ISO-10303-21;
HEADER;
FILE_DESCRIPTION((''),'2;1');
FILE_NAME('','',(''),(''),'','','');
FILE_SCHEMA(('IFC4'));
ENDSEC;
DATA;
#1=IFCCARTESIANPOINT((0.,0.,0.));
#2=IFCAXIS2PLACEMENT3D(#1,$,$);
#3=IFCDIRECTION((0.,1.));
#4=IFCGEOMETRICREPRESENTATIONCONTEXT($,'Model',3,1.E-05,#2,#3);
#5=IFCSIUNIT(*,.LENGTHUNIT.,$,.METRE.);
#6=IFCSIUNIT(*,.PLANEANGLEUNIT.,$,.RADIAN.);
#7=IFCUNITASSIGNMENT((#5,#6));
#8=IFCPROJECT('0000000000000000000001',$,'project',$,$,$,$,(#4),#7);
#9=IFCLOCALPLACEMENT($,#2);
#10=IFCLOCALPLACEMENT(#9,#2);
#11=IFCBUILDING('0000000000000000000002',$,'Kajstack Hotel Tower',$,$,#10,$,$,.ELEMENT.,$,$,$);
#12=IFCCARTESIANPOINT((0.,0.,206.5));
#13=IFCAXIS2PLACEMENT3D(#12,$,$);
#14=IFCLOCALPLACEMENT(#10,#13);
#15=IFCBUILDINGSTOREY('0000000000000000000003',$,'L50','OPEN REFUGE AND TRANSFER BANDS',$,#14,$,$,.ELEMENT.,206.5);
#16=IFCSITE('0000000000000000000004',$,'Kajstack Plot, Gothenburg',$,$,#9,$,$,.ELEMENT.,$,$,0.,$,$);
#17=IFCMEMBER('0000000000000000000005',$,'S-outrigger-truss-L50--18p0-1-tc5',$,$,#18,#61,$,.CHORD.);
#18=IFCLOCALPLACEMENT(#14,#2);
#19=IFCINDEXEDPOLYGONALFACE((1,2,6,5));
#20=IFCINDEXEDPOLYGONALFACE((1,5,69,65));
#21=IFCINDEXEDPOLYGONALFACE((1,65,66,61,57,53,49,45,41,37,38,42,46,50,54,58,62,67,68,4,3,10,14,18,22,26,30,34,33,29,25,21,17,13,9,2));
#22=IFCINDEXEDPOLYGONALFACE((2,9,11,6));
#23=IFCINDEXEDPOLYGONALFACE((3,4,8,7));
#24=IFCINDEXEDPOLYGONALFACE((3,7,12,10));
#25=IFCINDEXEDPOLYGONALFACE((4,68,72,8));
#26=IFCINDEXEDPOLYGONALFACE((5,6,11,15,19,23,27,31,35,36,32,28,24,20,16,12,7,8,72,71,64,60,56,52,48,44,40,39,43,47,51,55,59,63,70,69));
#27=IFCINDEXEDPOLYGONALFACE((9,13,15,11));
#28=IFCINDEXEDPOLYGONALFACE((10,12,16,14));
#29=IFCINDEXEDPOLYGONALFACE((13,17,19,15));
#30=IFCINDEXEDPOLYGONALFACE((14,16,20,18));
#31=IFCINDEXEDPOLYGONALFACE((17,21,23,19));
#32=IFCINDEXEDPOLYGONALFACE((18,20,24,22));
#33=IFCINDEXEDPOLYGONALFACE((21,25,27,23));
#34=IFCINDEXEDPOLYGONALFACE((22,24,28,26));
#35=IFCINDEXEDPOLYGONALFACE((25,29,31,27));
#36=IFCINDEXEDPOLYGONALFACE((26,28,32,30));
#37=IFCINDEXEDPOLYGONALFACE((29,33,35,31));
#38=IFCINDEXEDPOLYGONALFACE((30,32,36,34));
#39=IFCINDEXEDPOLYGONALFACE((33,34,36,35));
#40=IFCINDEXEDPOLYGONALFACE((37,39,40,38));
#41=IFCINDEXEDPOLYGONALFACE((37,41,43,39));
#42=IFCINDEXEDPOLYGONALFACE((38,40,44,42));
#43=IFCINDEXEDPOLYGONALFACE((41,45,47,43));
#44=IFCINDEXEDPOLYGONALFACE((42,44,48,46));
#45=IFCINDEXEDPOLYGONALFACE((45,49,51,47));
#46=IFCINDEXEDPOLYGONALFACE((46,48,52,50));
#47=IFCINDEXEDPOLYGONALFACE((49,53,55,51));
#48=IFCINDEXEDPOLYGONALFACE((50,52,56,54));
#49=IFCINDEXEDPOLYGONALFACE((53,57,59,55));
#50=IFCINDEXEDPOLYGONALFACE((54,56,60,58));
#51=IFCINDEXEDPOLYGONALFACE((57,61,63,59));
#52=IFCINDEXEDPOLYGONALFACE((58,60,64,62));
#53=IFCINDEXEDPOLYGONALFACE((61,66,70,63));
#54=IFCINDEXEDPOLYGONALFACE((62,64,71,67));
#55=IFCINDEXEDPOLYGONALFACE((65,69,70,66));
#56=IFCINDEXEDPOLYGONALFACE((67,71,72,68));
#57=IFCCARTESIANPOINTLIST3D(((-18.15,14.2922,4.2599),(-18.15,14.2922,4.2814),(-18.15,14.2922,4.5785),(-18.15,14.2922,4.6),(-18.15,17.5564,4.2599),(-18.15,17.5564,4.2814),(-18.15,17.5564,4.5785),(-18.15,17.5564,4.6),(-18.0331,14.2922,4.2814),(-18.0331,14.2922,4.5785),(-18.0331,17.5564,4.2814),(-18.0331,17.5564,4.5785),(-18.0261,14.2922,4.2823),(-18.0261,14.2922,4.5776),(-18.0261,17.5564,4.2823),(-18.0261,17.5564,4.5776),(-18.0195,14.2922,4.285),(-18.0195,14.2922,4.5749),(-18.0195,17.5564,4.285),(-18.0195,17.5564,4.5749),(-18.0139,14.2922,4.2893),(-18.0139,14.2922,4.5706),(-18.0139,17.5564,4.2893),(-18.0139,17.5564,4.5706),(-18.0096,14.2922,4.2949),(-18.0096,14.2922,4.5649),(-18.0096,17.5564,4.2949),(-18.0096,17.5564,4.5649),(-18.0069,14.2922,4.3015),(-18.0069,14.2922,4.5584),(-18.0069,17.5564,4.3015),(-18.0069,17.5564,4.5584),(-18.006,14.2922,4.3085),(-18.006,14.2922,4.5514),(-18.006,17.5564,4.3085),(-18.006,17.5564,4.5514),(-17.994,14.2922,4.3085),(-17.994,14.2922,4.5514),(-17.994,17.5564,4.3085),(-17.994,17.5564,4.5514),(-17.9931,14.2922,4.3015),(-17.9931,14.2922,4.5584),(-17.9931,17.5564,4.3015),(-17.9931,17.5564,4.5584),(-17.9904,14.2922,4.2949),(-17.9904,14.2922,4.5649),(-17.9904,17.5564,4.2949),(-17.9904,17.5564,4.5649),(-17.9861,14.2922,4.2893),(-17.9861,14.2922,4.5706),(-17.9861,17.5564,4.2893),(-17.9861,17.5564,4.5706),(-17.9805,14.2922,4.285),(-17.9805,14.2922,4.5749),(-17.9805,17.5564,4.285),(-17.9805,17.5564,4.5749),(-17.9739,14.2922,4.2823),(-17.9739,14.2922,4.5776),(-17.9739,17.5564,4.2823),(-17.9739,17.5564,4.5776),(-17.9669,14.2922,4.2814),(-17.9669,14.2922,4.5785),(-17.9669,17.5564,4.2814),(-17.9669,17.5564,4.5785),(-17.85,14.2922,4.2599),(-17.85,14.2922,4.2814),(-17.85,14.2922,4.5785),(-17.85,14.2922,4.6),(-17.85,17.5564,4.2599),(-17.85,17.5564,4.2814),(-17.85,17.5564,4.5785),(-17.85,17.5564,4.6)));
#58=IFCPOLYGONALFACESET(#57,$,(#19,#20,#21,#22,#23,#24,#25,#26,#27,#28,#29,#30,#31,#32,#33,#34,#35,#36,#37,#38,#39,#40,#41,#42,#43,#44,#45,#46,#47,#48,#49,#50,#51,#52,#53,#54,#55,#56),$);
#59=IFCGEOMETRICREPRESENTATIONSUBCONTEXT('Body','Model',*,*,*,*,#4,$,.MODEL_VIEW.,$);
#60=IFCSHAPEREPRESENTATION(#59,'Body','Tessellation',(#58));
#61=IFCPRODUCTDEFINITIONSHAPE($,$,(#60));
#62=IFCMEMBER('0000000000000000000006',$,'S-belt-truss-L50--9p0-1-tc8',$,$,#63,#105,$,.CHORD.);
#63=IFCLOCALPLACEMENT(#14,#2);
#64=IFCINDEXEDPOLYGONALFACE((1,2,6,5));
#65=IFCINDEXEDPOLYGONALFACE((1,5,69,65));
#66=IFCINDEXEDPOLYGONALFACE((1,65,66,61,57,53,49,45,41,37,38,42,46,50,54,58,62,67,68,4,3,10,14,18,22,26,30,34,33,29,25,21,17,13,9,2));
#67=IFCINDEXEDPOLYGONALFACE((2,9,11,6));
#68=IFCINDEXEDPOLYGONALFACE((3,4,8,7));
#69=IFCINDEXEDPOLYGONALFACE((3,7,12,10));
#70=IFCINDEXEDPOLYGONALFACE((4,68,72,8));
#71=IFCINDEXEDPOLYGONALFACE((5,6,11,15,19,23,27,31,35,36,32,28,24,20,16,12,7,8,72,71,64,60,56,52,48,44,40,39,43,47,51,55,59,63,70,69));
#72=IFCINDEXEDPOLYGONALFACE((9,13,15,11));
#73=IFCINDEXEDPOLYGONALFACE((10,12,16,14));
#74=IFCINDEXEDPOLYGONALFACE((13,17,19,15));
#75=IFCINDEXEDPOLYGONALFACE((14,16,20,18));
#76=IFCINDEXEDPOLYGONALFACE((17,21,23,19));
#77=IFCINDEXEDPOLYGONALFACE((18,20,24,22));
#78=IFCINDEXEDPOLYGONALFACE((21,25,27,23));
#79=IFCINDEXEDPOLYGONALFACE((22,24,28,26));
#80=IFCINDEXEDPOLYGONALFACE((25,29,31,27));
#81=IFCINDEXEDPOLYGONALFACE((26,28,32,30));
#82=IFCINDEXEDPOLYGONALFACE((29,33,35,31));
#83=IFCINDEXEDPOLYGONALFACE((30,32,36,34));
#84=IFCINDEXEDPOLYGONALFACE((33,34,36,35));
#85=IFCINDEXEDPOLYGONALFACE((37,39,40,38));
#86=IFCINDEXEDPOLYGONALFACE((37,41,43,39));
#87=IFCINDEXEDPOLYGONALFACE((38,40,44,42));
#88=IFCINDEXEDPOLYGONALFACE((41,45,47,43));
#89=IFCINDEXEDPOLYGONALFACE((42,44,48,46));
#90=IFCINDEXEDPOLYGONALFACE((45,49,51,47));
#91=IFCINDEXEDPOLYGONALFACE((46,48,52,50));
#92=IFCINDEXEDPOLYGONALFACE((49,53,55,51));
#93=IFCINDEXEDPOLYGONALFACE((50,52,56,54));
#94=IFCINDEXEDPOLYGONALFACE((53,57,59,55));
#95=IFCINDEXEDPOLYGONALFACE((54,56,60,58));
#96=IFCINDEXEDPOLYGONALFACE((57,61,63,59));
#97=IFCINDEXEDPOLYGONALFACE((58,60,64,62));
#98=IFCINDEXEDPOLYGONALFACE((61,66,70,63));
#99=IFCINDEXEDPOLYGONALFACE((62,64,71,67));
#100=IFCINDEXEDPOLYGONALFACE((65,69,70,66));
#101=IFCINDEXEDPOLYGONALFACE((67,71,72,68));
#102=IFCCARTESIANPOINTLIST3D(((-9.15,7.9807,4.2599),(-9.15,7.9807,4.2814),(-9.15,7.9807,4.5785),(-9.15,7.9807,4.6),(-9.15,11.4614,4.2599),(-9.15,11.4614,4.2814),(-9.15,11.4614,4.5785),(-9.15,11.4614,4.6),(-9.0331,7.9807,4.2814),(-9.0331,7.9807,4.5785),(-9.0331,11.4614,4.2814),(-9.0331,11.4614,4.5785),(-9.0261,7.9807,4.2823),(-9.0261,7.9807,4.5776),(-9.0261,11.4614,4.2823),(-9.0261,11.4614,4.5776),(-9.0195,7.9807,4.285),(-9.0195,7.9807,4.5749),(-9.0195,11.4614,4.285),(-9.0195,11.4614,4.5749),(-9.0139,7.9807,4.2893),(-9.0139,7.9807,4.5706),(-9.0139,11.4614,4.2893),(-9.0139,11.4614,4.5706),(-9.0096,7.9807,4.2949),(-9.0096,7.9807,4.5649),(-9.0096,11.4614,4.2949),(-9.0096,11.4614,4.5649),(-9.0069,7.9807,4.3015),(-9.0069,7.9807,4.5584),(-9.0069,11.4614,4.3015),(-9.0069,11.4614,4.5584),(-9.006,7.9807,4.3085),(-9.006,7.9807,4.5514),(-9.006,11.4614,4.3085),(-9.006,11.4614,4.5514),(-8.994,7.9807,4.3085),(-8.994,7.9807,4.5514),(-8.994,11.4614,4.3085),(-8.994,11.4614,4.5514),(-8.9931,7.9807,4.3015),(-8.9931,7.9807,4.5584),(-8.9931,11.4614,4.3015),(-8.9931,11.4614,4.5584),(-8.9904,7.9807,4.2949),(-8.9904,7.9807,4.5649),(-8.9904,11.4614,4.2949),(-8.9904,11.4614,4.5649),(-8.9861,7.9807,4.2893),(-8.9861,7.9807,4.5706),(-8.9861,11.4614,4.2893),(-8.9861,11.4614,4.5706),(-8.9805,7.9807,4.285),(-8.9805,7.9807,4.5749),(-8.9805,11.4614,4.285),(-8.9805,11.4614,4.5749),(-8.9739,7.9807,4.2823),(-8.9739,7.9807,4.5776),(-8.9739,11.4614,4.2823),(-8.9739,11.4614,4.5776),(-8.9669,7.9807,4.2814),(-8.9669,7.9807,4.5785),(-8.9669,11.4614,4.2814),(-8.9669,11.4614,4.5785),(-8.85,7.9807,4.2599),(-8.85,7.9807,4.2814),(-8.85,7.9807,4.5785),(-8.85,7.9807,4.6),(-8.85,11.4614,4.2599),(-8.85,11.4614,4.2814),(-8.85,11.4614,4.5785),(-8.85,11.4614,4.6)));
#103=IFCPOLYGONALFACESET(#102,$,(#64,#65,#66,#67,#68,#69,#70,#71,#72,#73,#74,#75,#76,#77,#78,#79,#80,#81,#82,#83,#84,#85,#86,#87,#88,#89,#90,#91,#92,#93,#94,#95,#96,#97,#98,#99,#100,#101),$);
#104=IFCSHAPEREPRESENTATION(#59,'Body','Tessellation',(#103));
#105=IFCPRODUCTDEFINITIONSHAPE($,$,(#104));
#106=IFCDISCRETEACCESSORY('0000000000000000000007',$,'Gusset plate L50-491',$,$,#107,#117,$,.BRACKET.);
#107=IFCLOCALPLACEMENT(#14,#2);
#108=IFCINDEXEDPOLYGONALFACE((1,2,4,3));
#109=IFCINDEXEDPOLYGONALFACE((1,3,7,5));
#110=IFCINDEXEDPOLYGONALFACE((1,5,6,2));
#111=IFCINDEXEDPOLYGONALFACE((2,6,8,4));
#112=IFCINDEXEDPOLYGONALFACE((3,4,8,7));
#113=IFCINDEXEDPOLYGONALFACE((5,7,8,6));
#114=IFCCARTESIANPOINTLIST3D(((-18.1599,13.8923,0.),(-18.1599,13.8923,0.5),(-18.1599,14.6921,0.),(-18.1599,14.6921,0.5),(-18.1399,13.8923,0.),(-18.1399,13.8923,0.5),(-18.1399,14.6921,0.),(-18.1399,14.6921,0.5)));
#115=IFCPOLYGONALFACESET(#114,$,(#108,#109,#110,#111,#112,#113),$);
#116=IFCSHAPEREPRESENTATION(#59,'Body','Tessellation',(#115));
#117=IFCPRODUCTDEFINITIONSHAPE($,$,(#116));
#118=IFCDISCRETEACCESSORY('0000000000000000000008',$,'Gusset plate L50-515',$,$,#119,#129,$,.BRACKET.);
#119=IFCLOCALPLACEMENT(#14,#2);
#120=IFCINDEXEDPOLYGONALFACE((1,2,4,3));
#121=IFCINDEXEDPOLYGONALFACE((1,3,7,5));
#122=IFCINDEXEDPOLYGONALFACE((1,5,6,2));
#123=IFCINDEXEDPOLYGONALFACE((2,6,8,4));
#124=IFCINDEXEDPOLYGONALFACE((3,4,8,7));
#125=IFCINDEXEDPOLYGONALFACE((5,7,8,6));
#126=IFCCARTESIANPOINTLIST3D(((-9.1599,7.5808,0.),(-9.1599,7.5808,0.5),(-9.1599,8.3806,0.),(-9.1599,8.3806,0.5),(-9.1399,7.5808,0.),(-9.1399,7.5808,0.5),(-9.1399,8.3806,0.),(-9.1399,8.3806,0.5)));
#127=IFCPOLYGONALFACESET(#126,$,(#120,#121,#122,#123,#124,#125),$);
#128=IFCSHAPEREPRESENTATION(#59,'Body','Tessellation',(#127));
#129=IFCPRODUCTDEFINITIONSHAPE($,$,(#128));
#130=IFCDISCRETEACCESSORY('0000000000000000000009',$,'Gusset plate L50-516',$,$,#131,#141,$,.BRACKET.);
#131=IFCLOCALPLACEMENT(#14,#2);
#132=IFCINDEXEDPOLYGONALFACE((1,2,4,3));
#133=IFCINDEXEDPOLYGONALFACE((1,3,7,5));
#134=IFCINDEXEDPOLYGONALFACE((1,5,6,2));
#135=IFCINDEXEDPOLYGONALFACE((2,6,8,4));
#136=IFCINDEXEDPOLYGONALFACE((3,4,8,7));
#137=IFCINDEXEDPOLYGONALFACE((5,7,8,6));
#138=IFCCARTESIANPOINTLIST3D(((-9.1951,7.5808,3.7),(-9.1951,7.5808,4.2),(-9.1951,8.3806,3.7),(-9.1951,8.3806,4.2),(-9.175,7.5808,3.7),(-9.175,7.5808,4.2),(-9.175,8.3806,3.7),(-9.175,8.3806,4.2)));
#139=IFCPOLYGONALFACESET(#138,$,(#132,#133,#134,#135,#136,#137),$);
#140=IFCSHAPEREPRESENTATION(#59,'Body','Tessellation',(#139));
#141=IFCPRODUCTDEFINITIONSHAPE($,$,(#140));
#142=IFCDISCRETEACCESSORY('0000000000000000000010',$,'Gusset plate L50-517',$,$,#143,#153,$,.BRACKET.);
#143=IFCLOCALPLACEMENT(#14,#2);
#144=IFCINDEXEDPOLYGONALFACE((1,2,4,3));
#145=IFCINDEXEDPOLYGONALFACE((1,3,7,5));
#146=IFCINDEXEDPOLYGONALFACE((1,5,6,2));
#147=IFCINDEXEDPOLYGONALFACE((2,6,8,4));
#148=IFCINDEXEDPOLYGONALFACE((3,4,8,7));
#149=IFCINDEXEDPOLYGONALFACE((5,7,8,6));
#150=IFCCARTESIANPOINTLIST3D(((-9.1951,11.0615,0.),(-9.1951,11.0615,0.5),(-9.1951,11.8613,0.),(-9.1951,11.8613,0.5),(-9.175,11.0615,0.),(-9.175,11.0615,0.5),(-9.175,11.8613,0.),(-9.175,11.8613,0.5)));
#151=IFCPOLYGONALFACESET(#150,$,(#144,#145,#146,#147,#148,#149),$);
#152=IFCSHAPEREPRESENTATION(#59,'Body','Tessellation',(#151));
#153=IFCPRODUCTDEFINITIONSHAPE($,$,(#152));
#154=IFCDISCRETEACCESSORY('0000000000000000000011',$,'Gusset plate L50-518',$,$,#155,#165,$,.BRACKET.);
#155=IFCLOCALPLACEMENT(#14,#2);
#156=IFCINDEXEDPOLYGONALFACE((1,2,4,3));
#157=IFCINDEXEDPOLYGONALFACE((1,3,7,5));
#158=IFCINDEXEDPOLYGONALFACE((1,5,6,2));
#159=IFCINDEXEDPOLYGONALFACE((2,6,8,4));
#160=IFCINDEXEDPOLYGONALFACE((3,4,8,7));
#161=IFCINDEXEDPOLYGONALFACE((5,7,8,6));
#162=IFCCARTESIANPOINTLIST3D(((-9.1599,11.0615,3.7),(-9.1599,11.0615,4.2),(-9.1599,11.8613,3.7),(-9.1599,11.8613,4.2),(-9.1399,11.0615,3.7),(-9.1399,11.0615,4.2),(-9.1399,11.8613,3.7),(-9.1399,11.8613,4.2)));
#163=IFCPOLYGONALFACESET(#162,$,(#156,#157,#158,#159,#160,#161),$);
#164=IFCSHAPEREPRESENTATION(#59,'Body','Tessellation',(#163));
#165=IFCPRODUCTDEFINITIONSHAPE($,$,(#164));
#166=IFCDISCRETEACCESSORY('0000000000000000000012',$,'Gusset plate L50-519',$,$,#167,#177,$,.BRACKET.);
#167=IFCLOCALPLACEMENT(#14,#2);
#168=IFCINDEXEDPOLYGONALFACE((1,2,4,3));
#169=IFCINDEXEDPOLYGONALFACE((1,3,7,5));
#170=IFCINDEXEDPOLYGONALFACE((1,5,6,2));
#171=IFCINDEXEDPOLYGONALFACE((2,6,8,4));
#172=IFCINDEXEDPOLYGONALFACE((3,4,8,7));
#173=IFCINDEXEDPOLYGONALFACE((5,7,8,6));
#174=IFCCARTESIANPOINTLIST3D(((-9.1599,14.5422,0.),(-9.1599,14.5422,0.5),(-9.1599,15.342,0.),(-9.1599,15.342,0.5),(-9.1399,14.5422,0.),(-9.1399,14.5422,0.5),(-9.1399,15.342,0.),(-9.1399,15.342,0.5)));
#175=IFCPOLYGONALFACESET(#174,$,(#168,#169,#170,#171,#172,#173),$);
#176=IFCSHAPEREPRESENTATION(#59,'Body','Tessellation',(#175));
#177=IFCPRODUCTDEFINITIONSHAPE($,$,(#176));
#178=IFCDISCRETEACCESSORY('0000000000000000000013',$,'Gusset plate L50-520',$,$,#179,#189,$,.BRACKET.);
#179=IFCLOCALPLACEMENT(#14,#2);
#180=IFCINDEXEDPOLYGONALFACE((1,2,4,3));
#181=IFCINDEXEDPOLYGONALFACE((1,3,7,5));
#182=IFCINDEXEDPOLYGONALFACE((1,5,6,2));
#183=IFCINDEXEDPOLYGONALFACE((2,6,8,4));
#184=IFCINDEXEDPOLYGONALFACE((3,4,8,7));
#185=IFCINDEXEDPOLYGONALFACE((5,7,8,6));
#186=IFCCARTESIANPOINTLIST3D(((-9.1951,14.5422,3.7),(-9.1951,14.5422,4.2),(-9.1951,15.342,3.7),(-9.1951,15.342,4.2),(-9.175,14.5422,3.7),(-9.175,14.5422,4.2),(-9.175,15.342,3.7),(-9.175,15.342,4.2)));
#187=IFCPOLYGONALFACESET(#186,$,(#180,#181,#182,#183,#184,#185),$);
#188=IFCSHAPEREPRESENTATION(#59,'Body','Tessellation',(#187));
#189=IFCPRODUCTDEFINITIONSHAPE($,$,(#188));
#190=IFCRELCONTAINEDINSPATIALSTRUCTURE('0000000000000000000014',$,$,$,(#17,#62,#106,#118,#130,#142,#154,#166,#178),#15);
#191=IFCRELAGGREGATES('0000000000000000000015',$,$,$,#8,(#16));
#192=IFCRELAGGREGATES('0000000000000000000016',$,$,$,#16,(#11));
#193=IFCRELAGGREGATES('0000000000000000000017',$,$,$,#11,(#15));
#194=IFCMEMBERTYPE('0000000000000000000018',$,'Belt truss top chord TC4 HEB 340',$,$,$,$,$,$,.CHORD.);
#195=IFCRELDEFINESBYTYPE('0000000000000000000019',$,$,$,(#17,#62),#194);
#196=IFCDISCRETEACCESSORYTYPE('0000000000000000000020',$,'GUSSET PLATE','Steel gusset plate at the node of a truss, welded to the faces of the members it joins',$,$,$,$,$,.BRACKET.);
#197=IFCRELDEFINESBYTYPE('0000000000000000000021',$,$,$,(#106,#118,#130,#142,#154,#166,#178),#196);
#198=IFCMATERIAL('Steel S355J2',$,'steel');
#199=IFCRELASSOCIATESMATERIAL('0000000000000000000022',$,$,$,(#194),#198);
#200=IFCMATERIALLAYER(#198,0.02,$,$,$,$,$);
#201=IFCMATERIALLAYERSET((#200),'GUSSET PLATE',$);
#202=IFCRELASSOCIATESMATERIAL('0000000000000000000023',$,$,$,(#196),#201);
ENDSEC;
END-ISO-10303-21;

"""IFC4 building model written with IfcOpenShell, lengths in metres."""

from ifc_helpers import new_model, si_unit, direction, frame, origin, origin_2d, place, context, subcontext, project, spatial, polyline, i_section, outline, extrude, material, layer, layer_set, material_profile, profile_set, type_object, element, save


model = new_model("IFC4")

# Units and contexts
model_context = context("Model", 3, precision=1e-05, world=origin(), true_north=direction((0.0, 1.0)))
body_context = subcontext(model_context, "Body", "Model", "MODEL_VIEW")
ifc_project = project(units=[si_unit("LENGTHUNIT", "METRE"), si_unit("PLANEANGLEUNIT", "RADIAN")], contexts=[model_context])

# Site, building, storey
site_placement = place(None, origin())
site = spatial("IfcSite", under=ifc_project, at=site_placement, Name="Kajstack Plot, Gothenburg", CompositionType="ELEMENT", RefElevation=0.0)
building_placement = place(site_placement, origin())
building = spatial("IfcBuilding", under=site, at=building_placement, Name="Kajstack Hotel Tower", CompositionType="ELEMENT")
storey_placement = place(building_placement, frame((0.0, 0.0, 206.5)))
storey = spatial("IfcBuildingStorey", under=building, at=storey_placement, Name="L50", Description="OPEN REFUGE AND TRANSFER BANDS", CompositionType="ELEMENT", Elevation=206.5)

# Members
ifc_material = material(Name="Steel S355J2", Category="steel")
ifc_material_profile_1 = material_profile(ifc_material, i_section(OverallWidth=0.3, OverallDepth=0.3401, WebThickness=0.012, FlangeThickness=0.0215, FilletRadius=0.0271, at=origin_2d()), Name="HEB 340")
ifc_profile_set_1 = profile_set([ifc_material_profile_1], Name="Steel S355J2")
member_type_1 = type_object("IfcMemberType", Name="Belt truss top chord TC4 HEB 340", PredefinedType="CHORD", material=ifc_profile_set_1)
member_1_placement = place(storey_placement, frame((-18.0, 14.2922, 4.4299), z_axis=(0.0, 1.0, 0.0), x_axis=(-1.0, 0.0, 0.0)))
element("IfcMember", 1, at=member_1_placement, inside=storey, type_object=member_type_1, Name="S-outrigger-truss-L50--18p0-1-tc5", PredefinedType="CHORD", context=body_context, shape_type="SweptSolid", body=[
    extrude(i_section(OverallWidth=0.3, OverallDepth=0.3401, WebThickness=0.012, FlangeThickness=0.0215, FilletRadius=0.0271, at=origin_2d()), origin(), (0.0, 0.0, 1.0), 3.2642),
])
member_2_placement = place(storey_placement, frame((-9.0, 7.9807, 4.4299), z_axis=(0.0, 1.0, 0.0), x_axis=(-1.0, 0.0, 0.0)))
element("IfcMember", 2, at=member_2_placement, inside=storey, type_object=member_type_1, Name="S-belt-truss-L50--9p0-1-tc8", PredefinedType="CHORD", context=body_context, shape_type="SweptSolid", body=[
    extrude(i_section(OverallWidth=0.3, OverallDepth=0.3401, WebThickness=0.012, FlangeThickness=0.0215, FilletRadius=0.0271, at=origin_2d()), origin(), (0.0, 0.0, 1.0), 3.4807),
])

# Discrete accessories
ifc_layer = layer(ifc_material, 0.02)
ifc_layer_set = layer_set([ifc_layer], Name="GUSSET PLATE")
discrete_accessory_type = type_object("IfcDiscreteAccessoryType", Name="GUSSET PLATE", Description="Steel gusset plate at the node of a truss, welded to the faces of the members it joins", PredefinedType="BRACKET", material=ifc_layer_set)
for number, where, z_axis, x_axis, name in (
    (3, (-18.1599, 14.2922, 0.0), (1.0, 0.0, 0.0), (0.0, 1.0, 0.0), "Gusset plate L50-491"),
    (4, (-9.1599, 7.9807, 0.0), (1.0, 0.0, 0.0), (0.0, 1.0, 0.0), "Gusset plate L50-515"),
    (5, (-9.1951, 7.9807, 3.7), (1.0, 0.0, 0.0), (0.0, 1.0, 0.0), "Gusset plate L50-516"),
    (6, (-9.1951, 11.4614, 0.0), (1.0, 0.0, 0.0), (0.0, 1.0, 0.0), "Gusset plate L50-517"),
    (7, (-9.1599, 11.4614, 3.7), (1.0, 0.0, 0.0), (0.0, 1.0, 0.0), "Gusset plate L50-518"),
    (8, (-9.1599, 14.9421, 0.0), (1.0, 0.0, 0.0), (0.0, 1.0, 0.0), "Gusset plate L50-519"),
    (9, (-9.1951, 14.9421, 3.7), (1.0, 0.0, 0.0), (0.0, 1.0, 0.0), "Gusset plate L50-520"),
):
    element("IfcDiscreteAccessory", number, at=place(storey_placement, frame(where, z_axis=z_axis, x_axis=x_axis)), inside=storey, type_object=discrete_accessory_type, Name=name, PredefinedType="BRACKET", context=body_context, shape_type="SweptSolid", body=[
        extrude(outline(polyline([(-0.3999, 0.0), (0.3999, 0.0), (0.3999, 0.5), (-0.3999, 0.5), (-0.3999, 0.0)])), origin(), (0.0, 0.0, 1.0), 0.02),
    ])

save(model, "model.ifc")
